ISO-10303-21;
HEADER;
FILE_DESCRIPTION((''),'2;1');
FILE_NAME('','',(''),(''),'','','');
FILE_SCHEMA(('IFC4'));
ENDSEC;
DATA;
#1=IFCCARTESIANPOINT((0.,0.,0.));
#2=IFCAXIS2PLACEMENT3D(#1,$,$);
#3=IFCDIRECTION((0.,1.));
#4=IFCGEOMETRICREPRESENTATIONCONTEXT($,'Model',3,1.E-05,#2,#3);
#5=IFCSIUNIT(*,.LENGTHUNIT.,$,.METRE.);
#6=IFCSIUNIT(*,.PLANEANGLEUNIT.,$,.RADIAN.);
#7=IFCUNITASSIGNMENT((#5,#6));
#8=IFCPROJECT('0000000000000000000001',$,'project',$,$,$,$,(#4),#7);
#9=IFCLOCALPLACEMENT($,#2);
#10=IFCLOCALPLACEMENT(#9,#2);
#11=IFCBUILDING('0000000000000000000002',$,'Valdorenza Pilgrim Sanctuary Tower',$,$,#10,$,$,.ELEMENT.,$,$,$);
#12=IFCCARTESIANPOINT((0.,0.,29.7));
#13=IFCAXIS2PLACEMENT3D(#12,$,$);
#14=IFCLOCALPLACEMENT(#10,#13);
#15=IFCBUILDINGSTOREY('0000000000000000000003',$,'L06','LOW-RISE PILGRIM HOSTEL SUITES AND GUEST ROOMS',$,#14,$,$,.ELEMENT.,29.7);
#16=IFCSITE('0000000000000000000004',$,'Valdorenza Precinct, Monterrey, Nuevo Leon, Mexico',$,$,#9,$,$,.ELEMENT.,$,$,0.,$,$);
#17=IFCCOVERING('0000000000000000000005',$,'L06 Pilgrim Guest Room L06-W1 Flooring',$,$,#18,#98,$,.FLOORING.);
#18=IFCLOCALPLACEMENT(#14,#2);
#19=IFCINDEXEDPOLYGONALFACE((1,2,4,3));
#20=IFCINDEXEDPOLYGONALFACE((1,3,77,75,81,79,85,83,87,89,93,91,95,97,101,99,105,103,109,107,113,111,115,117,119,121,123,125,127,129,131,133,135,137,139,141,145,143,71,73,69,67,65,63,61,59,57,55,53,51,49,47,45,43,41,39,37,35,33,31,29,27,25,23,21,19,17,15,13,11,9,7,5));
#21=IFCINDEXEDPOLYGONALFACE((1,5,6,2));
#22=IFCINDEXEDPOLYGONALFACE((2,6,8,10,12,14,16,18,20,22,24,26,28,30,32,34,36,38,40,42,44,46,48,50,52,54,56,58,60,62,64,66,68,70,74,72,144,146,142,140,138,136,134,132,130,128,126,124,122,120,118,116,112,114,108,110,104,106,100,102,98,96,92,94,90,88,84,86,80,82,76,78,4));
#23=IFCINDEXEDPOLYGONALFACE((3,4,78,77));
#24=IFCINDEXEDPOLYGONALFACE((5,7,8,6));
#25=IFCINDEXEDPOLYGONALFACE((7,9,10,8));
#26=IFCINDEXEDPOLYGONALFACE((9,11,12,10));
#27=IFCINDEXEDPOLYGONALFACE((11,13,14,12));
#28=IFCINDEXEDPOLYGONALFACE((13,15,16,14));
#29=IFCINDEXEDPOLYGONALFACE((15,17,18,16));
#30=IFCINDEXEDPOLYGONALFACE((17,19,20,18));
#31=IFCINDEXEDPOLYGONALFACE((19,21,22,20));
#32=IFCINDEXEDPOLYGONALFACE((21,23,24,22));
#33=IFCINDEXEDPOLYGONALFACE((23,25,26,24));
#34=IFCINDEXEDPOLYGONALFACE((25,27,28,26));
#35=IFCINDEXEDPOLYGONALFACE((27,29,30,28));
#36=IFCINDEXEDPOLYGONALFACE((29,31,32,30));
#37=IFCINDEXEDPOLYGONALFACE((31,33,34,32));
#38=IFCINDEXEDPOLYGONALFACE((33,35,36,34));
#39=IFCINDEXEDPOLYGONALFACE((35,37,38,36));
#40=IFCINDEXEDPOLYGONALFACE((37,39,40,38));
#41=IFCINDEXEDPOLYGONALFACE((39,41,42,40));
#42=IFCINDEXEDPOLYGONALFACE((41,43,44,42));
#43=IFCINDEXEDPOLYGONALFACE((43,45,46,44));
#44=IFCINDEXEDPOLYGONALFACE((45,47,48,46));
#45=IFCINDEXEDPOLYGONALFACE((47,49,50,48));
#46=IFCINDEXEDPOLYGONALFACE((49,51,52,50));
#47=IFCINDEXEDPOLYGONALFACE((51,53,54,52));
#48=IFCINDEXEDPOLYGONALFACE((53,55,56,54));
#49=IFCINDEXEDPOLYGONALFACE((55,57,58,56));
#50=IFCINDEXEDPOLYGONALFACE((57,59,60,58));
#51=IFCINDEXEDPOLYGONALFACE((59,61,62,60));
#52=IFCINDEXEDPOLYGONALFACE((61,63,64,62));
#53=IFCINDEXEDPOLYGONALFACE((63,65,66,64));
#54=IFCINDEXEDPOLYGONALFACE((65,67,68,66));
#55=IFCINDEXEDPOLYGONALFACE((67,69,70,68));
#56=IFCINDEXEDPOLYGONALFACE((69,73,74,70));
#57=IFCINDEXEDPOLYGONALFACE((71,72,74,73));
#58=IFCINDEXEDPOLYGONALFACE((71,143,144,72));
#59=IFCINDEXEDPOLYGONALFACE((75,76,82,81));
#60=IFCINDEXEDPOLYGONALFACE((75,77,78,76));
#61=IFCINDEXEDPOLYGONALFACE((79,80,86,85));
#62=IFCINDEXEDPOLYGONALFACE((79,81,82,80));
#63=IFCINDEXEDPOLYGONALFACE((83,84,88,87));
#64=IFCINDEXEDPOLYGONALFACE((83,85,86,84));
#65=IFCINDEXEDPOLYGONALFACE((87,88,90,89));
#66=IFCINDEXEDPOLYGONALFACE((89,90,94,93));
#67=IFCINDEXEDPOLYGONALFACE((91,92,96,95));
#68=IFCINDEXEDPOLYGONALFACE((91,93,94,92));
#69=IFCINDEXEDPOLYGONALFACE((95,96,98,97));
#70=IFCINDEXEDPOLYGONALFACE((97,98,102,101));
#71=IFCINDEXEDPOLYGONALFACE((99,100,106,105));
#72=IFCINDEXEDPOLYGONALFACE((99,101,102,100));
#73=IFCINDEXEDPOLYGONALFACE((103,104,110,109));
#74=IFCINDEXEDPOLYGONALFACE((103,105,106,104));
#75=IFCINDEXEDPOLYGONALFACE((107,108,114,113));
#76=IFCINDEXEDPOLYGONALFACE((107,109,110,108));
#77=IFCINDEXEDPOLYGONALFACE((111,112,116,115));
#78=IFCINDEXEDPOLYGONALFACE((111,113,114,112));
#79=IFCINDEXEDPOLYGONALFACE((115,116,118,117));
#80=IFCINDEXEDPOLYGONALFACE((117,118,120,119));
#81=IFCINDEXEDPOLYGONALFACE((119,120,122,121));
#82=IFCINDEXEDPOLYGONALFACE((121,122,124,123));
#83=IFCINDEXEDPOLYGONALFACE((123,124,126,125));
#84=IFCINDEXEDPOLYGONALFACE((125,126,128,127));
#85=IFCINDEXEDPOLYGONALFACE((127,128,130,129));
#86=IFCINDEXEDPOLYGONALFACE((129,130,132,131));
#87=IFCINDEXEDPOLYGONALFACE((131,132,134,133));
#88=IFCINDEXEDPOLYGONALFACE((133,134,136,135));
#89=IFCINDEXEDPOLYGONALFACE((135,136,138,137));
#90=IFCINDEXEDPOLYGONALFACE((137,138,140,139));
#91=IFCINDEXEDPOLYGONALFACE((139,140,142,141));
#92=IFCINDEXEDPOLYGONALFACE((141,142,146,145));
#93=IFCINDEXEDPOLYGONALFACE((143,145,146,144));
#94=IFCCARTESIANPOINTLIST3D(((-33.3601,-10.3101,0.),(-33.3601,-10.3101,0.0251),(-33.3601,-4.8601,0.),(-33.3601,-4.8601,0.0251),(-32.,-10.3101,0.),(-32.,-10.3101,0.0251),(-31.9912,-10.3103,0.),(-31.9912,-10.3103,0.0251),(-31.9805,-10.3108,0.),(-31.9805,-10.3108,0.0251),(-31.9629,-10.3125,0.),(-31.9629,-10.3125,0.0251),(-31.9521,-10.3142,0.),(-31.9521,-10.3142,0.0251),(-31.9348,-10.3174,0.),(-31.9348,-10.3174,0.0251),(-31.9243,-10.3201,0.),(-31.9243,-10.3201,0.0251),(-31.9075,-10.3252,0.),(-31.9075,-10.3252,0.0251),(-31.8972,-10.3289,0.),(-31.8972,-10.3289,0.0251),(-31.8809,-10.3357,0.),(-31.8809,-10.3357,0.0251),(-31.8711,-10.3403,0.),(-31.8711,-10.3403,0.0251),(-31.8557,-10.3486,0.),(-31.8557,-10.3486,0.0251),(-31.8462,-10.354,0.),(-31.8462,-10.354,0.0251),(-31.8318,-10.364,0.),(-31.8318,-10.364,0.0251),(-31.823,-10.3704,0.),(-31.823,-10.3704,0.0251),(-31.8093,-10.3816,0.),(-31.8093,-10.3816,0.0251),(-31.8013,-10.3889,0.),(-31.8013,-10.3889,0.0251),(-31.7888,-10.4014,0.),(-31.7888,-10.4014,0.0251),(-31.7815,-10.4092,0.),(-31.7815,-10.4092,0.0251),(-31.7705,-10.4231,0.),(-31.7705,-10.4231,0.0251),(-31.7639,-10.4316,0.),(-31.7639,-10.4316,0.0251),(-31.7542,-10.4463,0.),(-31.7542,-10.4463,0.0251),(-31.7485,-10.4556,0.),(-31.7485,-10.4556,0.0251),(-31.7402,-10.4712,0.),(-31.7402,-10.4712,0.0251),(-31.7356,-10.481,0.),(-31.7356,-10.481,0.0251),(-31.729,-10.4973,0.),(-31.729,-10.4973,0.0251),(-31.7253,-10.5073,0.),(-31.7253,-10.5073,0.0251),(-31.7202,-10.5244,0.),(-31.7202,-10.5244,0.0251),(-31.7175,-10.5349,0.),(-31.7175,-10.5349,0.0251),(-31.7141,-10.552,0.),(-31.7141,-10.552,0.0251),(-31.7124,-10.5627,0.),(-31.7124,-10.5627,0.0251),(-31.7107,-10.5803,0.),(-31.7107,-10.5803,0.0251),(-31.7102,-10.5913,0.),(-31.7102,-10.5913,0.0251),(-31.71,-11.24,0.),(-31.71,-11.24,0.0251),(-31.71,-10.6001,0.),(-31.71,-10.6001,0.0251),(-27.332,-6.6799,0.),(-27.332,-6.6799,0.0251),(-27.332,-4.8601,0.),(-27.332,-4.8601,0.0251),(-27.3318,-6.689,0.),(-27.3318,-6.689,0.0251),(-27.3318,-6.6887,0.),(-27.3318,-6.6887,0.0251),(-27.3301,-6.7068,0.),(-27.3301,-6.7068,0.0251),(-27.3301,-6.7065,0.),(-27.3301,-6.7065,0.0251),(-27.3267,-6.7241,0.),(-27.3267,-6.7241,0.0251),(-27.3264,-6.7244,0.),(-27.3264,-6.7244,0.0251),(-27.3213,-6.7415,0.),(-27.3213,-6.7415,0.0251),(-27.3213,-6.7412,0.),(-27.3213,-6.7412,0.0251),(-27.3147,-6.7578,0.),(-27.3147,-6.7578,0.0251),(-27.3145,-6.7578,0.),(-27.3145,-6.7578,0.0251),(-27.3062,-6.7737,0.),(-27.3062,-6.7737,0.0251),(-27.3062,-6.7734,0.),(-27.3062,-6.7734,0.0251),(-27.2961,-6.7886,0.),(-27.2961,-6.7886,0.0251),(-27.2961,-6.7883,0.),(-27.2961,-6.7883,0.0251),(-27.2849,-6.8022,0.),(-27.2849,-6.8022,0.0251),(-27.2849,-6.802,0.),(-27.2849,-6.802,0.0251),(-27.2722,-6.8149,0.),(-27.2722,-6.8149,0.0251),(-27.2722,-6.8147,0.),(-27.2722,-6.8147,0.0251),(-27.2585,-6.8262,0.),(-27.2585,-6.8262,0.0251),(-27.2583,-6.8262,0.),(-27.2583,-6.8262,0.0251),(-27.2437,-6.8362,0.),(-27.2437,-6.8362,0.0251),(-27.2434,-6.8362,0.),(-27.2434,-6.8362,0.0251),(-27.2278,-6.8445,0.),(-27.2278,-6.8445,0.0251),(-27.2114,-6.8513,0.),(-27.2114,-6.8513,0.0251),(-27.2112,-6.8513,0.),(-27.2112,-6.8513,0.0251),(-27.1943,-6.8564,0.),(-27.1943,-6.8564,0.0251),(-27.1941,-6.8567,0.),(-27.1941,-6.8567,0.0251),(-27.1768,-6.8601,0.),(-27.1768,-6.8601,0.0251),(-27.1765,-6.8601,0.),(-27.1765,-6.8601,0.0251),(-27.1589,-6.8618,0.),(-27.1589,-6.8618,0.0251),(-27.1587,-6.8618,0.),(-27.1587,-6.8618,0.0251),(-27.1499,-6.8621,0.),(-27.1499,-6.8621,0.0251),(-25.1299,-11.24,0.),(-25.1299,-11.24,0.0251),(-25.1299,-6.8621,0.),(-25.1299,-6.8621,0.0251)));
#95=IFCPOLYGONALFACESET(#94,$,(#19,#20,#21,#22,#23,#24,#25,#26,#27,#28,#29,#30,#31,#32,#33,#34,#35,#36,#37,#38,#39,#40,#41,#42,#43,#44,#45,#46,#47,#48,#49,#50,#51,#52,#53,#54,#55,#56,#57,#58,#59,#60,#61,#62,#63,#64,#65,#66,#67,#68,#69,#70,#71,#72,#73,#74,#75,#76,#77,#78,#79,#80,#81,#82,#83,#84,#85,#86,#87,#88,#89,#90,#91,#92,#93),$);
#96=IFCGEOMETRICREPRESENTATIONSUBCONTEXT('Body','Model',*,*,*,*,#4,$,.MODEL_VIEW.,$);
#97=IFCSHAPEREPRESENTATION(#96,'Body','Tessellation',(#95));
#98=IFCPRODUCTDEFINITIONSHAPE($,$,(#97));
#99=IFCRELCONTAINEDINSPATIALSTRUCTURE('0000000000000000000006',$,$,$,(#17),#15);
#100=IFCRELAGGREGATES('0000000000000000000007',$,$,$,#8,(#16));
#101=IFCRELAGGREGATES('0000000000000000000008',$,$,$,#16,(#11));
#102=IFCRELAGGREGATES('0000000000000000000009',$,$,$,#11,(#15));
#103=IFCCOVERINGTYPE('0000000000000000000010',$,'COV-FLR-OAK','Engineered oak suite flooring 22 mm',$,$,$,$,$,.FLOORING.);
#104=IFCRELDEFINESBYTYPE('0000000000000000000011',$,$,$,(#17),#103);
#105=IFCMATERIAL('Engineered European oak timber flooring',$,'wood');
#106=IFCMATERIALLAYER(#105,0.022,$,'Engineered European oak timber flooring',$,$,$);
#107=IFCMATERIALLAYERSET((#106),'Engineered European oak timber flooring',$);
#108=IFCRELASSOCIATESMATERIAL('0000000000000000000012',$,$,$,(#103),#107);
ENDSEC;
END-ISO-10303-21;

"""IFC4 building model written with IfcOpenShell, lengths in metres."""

from ifc_helpers import new_model, si_unit, direction, frame, origin, place, context, subcontext, project, spatial, polyline, outline, extrude, material, layer, layer_set, type_object, element, save


model = new_model("IFC4")

# Units and contexts
model_context = context("Model", 3, precision=1e-05, world=origin(), true_north=direction((0.0, 1.0)))
body_context = subcontext(model_context, "Body", "Model", "MODEL_VIEW")
ifc_project = project(units=[si_unit("LENGTHUNIT", "METRE"), si_unit("PLANEANGLEUNIT", "RADIAN")], contexts=[model_context])

# Site, building, storey
site_placement = place(None, origin())
site = spatial("IfcSite", under=ifc_project, at=site_placement, Name="Valdorenza Precinct, Monterrey, Nuevo Leon, Mexico", CompositionType="ELEMENT", RefElevation=0.0)
building_placement = place(site_placement, origin())
building = spatial("IfcBuilding", under=site, at=building_placement, Name="Valdorenza Pilgrim Sanctuary Tower", CompositionType="ELEMENT")
storey_placement = place(building_placement, frame((0.0, 0.0, 29.7)))
storey = spatial("IfcBuildingStorey", under=building, at=storey_placement, Name="L06", Description="LOW-RISE PILGRIM HOSTEL SUITES AND GUEST ROOMS", CompositionType="ELEMENT", Elevation=29.7)

# Covering
ifc_material_1 = material(Name="Engineered European oak timber flooring", Category="wood")
ifc_layer_1 = layer(ifc_material_1, 0.022, Name="Engineered European oak timber flooring")
ifc_layer_set_1 = layer_set([ifc_layer_1], Name="Engineered European oak timber flooring")
covering_type_1 = type_object("IfcCoveringType", Name="COV-FLR-OAK", Description="Engineered oak suite flooring 22 mm", PredefinedType="FLOORING", material=ifc_layer_set_1)
covering_1_placement = place(storey_placement, origin())
element("IfcCovering", 1, at=covering_1_placement, inside=storey, type_object=covering_type_1, Name="L06 Pilgrim Guest Room L06-W1 Flooring", PredefinedType="FLOORING", context=body_context, shape_type="SweptSolid", body=[
    extrude(outline(polyline([(-31.71, -10.6001), (-31.7102, -10.5913), (-31.7107, -10.5803), (-31.7124, -10.5627), (-31.7141, -10.552), (-31.7175, -10.5349), (-31.7202, -10.5244), (-31.7253, -10.5073), (-31.729, -10.4973), (-31.7356, -10.481), (-31.7402, -10.4712), (-31.7485, -10.4556), (-31.7542, -10.4463), (-31.7639, -10.4316), (-31.7705, -10.4231), (-31.7815, -10.4092), (-31.7888, -10.4014), (-31.8013, -10.3889), (-31.8093, -10.3816), (-31.823, -10.3704), (-31.8318, -10.364), (-31.8462, -10.354), (-31.8557, -10.3486), (-31.8711, -10.3403), (-31.8809, -10.3357), (-31.8972, -10.3289), (-31.9075, -10.3252), (-31.9243, -10.3201), (-31.9348, -10.3174), (-31.9521, -10.3142), (-31.9629, -10.3125), (-31.9805, -10.3108), (-31.9912, -10.3103), (-32.0, -10.3101), (-33.3601, -10.3101), (-33.3601, -4.8601), (-27.332, -4.8601), (-27.332, -6.6799), (-27.3318, -6.6887), (-27.3318, -6.689), (-27.3301, -6.7065), (-27.3301, -6.7068), (-27.3267, -6.7241), (-27.3264, -6.7244), (-27.3213, -6.7412), (-27.3213, -6.7415), (-27.3147, -6.7578), (-27.3145, -6.7578), (-27.3062, -6.7734), (-27.3062, -6.7737), (-27.2961, -6.7883), (-27.2961, -6.7886), (-27.2849, -6.802), (-27.2849, -6.8022), (-27.2722, -6.8147), (-27.2722, -6.8149), (-27.2585, -6.8262), (-27.2583, -6.8262), (-27.2437, -6.8362), (-27.2434, -6.8362), (-27.2278, -6.8445), (-27.2278, -6.8445), (-27.2114, -6.8513), (-27.2112, -6.8513), (-27.1943, -6.8564), (-27.1941, -6.8567), (-27.1768, -6.8601), (-27.1765, -6.8601), (-27.1589, -6.8618), (-27.1587, -6.8618), (-27.1499, -6.8621), (-25.1299, -6.8621), (-25.1299, -11.24), (-31.71, -11.24), (-31.71, -10.6001)])), origin(), (0.0, 0.0, 1.0), 0.0251),
])

save(model, "model.ifc")
